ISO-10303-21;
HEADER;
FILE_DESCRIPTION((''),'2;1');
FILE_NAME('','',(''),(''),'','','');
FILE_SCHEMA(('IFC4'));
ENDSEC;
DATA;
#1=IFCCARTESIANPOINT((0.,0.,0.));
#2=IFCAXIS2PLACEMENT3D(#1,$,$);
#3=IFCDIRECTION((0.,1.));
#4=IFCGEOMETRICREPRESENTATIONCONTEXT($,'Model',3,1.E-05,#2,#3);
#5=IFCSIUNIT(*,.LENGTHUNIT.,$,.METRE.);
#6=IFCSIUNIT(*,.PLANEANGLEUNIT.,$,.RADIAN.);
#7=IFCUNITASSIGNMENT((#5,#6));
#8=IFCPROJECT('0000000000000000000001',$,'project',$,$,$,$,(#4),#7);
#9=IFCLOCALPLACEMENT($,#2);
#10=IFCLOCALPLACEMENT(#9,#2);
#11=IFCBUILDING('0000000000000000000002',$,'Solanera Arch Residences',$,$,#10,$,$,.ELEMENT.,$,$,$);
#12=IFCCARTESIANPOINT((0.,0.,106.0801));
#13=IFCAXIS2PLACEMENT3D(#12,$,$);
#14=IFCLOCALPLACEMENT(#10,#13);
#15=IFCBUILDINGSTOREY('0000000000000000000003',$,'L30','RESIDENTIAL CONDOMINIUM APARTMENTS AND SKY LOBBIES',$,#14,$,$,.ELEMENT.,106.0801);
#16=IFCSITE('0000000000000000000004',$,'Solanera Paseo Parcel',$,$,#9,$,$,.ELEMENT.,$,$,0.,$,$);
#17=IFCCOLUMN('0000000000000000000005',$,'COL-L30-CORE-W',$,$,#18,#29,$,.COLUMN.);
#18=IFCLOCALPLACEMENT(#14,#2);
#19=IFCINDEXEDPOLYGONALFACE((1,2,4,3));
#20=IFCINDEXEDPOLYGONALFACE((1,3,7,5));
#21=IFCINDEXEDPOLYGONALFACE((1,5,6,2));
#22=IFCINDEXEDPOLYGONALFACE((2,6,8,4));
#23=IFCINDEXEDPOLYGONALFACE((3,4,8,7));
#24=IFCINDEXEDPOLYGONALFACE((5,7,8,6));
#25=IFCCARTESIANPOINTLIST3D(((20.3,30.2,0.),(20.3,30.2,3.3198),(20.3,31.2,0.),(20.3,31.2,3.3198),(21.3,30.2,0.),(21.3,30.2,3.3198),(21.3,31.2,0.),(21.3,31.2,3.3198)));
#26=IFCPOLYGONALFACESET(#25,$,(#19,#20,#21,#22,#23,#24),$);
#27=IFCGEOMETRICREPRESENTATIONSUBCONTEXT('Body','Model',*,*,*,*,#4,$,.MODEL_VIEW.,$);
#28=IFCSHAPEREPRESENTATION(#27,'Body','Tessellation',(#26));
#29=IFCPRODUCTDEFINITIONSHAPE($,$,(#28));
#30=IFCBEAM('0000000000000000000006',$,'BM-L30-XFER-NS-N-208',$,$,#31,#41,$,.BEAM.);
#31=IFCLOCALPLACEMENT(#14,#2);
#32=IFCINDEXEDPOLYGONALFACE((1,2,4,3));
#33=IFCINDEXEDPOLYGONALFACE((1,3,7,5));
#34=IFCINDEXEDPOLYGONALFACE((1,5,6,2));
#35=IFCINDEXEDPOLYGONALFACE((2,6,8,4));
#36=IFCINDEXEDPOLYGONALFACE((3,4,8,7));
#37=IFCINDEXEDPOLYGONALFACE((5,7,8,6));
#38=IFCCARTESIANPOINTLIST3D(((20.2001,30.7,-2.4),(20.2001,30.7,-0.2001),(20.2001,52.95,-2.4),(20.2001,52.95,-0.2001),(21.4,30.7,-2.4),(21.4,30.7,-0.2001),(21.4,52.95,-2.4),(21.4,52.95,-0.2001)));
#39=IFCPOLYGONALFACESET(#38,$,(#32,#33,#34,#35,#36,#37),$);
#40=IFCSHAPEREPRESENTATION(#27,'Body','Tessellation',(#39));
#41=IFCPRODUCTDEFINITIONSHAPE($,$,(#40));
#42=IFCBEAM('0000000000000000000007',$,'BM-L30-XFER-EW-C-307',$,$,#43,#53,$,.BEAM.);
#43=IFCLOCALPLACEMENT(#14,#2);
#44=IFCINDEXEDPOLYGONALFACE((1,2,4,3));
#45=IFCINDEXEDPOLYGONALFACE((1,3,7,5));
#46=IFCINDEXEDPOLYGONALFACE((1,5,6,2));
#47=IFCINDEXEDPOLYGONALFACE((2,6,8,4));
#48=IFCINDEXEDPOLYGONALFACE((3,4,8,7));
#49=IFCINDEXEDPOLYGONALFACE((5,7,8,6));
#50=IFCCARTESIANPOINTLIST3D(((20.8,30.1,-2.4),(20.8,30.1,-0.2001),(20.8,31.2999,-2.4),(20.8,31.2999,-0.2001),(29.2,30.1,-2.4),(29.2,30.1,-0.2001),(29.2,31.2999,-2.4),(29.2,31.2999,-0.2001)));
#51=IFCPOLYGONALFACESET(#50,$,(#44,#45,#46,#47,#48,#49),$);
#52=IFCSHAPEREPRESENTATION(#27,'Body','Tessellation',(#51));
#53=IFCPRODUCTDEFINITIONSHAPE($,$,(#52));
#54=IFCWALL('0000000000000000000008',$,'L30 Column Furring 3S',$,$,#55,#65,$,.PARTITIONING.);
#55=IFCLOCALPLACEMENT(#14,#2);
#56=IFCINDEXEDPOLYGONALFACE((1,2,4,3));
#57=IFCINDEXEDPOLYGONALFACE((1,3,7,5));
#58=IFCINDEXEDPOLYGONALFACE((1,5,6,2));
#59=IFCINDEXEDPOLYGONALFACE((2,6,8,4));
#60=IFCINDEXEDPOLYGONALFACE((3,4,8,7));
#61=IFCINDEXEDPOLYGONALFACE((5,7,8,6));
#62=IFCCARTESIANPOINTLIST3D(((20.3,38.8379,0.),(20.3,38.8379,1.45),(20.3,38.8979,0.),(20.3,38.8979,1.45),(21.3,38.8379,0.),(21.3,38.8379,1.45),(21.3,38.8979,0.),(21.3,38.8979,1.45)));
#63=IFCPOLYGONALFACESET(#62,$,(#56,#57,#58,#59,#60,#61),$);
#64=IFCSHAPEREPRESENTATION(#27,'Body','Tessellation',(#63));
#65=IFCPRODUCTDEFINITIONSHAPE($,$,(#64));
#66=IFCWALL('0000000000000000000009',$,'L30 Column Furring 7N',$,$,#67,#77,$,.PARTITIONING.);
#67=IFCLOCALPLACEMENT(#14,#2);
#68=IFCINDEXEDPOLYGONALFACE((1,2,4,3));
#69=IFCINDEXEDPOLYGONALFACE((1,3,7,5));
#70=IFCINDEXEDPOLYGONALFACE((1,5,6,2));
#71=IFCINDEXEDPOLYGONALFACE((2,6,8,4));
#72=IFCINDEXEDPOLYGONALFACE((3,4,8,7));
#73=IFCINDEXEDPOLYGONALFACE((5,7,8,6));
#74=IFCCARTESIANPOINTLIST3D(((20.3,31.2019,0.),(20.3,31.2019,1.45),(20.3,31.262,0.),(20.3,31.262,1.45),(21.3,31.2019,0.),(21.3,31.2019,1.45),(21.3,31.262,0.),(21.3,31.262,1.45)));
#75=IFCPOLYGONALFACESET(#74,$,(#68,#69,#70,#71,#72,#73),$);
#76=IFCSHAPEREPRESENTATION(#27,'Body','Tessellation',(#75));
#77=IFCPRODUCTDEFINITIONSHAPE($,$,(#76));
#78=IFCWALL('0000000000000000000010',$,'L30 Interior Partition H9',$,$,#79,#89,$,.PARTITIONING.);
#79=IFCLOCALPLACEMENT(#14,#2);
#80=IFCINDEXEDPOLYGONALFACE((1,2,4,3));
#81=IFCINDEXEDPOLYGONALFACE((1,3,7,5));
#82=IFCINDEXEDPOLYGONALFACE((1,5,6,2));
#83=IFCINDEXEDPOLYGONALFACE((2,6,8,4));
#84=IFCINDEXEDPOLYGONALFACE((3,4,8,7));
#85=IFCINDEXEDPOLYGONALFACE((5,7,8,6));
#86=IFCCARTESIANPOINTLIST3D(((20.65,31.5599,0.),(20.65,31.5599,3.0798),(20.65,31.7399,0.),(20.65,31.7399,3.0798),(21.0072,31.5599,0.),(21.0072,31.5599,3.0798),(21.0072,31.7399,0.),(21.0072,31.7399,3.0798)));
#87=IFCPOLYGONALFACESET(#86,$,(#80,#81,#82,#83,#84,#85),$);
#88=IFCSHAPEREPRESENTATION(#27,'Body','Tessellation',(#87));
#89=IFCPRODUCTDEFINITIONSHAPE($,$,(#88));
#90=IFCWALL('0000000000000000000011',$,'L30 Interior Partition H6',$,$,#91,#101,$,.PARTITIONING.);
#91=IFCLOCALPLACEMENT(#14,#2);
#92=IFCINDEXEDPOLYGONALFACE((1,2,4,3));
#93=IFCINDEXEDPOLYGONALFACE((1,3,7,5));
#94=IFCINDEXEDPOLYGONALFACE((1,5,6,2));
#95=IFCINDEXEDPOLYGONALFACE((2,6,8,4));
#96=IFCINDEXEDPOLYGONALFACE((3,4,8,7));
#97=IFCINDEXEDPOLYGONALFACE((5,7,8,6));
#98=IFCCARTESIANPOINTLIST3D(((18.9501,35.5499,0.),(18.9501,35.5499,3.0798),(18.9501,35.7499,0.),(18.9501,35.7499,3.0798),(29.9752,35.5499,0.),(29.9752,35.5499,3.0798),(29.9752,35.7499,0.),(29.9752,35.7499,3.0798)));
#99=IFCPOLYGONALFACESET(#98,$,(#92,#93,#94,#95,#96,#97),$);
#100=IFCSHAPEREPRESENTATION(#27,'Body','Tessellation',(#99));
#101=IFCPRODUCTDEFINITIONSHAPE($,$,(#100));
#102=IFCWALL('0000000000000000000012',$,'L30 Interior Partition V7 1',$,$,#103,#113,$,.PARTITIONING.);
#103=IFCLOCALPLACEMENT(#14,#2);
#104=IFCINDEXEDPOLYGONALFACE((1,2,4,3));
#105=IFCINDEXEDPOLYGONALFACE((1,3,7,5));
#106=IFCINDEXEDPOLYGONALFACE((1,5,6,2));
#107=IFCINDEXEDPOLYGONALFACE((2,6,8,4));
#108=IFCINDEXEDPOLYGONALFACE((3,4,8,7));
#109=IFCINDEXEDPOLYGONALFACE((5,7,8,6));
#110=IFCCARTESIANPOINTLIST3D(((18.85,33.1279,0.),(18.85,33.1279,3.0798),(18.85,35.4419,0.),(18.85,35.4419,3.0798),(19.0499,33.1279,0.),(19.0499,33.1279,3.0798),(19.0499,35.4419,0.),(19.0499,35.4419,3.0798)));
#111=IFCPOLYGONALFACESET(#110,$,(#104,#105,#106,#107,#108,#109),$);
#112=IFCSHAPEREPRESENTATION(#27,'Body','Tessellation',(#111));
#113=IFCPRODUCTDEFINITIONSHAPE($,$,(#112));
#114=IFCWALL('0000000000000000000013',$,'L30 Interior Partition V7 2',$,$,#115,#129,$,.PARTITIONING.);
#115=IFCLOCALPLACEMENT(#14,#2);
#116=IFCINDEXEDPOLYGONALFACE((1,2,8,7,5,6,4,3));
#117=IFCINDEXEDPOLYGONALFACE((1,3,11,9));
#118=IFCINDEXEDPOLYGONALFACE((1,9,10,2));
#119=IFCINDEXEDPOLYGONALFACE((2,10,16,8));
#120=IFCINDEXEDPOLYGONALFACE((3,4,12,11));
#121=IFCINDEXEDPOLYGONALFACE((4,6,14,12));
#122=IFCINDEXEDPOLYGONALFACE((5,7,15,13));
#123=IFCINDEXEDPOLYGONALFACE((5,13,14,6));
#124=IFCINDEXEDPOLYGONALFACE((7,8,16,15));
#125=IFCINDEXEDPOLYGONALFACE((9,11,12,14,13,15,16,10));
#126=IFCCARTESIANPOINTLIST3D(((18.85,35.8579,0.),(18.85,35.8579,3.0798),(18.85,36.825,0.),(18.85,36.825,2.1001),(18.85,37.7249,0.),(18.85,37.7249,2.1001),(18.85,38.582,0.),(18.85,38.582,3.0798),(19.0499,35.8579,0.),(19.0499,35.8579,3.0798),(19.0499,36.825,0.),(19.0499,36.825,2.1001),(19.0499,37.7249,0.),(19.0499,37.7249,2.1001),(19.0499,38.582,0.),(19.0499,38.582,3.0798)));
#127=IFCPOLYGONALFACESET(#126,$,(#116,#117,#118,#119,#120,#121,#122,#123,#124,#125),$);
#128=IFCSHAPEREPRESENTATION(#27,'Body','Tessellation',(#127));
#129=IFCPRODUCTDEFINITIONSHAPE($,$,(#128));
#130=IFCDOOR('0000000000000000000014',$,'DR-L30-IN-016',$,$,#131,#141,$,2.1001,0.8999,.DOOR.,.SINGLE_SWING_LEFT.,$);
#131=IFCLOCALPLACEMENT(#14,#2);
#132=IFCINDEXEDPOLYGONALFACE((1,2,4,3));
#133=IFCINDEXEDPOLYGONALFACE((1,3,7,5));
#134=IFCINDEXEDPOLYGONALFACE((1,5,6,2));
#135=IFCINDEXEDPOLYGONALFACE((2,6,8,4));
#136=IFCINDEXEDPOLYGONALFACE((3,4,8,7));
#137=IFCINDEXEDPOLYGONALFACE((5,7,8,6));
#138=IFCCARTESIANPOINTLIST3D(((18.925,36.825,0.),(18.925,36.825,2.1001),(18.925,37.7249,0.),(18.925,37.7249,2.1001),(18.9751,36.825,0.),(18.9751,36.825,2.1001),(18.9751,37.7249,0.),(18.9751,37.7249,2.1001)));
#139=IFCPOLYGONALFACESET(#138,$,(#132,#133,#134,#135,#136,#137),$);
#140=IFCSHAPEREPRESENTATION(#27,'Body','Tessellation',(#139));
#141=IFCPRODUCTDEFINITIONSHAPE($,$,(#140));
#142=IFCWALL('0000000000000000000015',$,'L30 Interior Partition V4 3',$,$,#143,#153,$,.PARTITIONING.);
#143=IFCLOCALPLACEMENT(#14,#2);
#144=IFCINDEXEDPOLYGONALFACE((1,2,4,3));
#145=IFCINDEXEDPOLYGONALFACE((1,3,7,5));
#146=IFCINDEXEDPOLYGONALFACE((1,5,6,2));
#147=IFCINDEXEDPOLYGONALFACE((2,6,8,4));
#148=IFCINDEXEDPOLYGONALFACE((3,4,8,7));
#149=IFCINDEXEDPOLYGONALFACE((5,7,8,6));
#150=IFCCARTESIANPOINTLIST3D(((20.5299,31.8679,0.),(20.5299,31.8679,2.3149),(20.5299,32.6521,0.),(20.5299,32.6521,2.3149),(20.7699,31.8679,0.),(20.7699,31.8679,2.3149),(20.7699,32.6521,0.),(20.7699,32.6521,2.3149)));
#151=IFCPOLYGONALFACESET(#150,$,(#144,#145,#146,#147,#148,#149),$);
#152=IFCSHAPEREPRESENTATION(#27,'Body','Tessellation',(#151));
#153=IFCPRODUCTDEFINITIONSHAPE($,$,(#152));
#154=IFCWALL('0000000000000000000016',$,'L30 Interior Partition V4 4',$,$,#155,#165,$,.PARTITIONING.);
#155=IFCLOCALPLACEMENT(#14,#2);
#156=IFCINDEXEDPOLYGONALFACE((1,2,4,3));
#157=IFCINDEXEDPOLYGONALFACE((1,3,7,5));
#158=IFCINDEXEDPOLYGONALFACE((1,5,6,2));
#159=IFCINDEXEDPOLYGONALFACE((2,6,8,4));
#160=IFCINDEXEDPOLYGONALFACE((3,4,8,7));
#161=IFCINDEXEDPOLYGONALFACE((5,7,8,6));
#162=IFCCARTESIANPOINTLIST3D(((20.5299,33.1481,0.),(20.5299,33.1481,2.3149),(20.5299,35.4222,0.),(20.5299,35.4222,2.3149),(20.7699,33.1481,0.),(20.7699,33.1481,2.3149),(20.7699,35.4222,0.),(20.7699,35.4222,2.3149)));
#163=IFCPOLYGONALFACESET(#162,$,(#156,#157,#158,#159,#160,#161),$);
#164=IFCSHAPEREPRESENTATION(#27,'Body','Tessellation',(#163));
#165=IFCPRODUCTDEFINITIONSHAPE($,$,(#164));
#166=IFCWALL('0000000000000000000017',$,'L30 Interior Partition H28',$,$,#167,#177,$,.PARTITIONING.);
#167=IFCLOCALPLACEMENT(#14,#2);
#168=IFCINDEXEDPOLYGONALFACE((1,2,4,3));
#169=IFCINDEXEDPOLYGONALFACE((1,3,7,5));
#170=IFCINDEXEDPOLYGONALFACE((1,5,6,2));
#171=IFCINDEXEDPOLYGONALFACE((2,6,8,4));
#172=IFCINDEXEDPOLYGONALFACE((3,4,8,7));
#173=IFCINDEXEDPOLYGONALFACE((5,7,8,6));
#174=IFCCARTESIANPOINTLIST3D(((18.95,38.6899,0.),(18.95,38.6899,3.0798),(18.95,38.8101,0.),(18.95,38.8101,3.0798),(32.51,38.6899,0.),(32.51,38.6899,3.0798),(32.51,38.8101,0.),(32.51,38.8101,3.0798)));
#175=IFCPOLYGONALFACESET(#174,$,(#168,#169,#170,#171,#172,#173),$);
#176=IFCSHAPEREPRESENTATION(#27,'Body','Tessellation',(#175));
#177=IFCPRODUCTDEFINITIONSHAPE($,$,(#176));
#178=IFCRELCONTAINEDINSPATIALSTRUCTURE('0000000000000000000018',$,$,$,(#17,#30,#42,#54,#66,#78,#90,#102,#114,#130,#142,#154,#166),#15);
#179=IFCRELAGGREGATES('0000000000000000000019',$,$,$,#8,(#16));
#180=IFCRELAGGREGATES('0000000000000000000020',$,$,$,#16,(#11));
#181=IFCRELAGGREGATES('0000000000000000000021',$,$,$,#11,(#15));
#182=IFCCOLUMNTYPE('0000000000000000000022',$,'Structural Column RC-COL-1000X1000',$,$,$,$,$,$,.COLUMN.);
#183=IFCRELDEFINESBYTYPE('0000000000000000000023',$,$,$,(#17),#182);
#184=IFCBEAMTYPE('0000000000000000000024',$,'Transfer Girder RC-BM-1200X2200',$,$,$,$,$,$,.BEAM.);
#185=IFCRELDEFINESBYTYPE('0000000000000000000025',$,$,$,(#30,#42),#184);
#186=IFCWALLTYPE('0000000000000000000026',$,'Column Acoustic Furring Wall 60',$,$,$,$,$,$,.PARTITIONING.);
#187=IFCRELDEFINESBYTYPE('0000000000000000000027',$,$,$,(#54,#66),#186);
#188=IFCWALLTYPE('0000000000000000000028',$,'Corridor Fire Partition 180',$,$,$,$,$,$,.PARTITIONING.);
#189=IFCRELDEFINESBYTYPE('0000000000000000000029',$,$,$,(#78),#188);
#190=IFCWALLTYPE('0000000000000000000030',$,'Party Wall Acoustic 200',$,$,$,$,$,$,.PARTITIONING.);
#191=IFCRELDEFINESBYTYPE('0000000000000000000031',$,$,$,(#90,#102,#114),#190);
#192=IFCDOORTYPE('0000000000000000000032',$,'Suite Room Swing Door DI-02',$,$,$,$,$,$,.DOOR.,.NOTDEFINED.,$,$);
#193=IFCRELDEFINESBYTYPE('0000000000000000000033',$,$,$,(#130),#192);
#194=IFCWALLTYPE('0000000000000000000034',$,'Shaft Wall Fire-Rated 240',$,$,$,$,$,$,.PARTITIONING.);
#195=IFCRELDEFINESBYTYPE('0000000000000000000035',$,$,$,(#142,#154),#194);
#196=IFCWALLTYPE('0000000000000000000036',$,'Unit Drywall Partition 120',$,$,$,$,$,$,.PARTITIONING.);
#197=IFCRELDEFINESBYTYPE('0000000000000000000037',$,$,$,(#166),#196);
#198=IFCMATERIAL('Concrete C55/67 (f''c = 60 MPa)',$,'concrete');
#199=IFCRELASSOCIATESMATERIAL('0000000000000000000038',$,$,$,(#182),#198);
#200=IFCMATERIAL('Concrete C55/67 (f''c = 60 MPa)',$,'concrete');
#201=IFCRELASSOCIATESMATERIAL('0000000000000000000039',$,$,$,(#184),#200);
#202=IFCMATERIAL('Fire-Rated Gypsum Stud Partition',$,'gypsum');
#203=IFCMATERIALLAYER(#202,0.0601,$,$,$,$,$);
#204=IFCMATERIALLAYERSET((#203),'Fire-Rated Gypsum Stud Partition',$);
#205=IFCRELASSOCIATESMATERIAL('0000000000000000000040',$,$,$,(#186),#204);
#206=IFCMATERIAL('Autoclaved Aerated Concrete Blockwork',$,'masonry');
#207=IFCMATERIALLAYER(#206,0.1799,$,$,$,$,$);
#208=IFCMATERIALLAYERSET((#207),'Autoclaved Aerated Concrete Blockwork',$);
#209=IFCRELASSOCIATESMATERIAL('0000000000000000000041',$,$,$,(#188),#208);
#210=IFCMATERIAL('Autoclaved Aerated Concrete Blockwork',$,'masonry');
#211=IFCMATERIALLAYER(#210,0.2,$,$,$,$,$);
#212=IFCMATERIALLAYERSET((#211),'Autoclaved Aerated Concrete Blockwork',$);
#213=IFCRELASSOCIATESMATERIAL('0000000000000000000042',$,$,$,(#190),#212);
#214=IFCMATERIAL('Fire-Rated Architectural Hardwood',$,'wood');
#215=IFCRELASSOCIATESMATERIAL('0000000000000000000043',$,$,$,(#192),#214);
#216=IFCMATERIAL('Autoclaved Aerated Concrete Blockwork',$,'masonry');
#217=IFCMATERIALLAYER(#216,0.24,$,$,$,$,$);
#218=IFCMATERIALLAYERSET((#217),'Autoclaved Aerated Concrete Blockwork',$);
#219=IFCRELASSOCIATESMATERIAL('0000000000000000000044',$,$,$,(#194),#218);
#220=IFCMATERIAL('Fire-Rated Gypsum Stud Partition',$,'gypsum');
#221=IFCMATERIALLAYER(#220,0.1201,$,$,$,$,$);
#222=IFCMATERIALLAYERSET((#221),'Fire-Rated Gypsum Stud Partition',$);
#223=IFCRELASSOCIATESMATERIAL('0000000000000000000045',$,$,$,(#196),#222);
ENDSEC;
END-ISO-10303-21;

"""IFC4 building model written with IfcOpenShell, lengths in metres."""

from ifc_helpers import new_model, si_unit, direction, frame, frame_2d, origin, origin_2d, place, context, subcontext, project, spatial, rectangle, extrude, material, layer, layer_set, material_profile, profile_set, type_object, element, fill, save


model = new_model("IFC4")

# Units and contexts
model_context = context("Model", 3, precision=1e-05, world=origin(), true_north=direction((0.0, 1.0)))
body_context = subcontext(model_context, "Body", "Model", "MODEL_VIEW")
ifc_project = project(units=[si_unit("LENGTHUNIT", "METRE"), si_unit("PLANEANGLEUNIT", "RADIAN")], contexts=[model_context])

# Site, building, storey
site_placement = place(None, origin())
site = spatial("IfcSite", under=ifc_project, at=site_placement, Name="Solanera Paseo Parcel", CompositionType="ELEMENT", RefElevation=0.0)
building_placement = place(site_placement, origin())
building = spatial("IfcBuilding", under=site, at=building_placement, Name="Solanera Arch Residences", CompositionType="ELEMENT")
storey_placement = place(building_placement, frame((0.0, 0.0, 106.0801)))
storey = spatial("IfcBuildingStorey", under=building, at=storey_placement, Name="L30", Description="RESIDENTIAL CONDOMINIUM APARTMENTS AND SKY LOBBIES", CompositionType="ELEMENT", Elevation=106.0801)

# Column
ifc_material_1 = material(Name="Concrete C55/67 (f'c = 60 MPa)", Category="concrete")
ifc_material_profile_1 = material_profile(ifc_material_1, rectangle(XDim=1.0, YDim=1.0, at=origin_2d()))
ifc_profile_set_1 = profile_set([ifc_material_profile_1], Name="Concrete C55/67 (f'c = 60 MPa)")
column_type = type_object("IfcColumnType", Name="Structural Column RC-COL-1000X1000", PredefinedType="COLUMN", material=ifc_profile_set_1)
column_placement = place(storey_placement, frame((20.8, 30.7, 0.0), z_axis=(0.0, 0.0, 1.0), x_axis=(1.0, 0.0, 0.0)))
element("IfcColumn", 1, at=column_placement, inside=storey, type_object=column_type, Name="COL-L30-CORE-W", PredefinedType="COLUMN", context=body_context, shape_type="SweptSolid", body=[
    extrude(rectangle(XDim=1.0, YDim=1.0, at=origin_2d()), origin(), (0.0, 0.0, 1.0), 3.3198),
])

# Beams
ifc_material_2 = material(Name="Concrete C55/67 (f'c = 60 MPa)", Category="concrete")
ifc_material_profile_2 = material_profile(ifc_material_2, rectangle(XDim=1.2, YDim=2.2, at=origin_2d()))
ifc_profile_set_2 = profile_set([ifc_material_profile_2], Name="Concrete C55/67 (f'c = 60 MPa)")
beam_type = type_object("IfcBeamType", Name="Transfer Girder RC-BM-1200X2200", PredefinedType="BEAM", material=ifc_profile_set_2)
beam_1_placement = place(storey_placement, frame((20.8, 30.7, -1.3), z_axis=(0.0, 1.0, 0.0), x_axis=(-1.0, 0.0, 0.0)))
element("IfcBeam", 2, at=beam_1_placement, inside=storey, type_object=beam_type, Name="BM-L30-XFER-NS-N-208", PredefinedType="BEAM", context=body_context, shape_type="SweptSolid", body=[
    extrude(rectangle(XDim=1.2, YDim=2.2, at=origin_2d()), origin(), (0.0, 0.0, 1.0), 22.25),
])
beam_2_placement = place(storey_placement, frame((20.8, 30.7, -1.3), z_axis=(1.0, 0.0, 0.0), x_axis=(0.0, 1.0, 0.0)))
element("IfcBeam", 3, at=beam_2_placement, inside=storey, type_object=beam_type, Name="BM-L30-XFER-EW-C-307", PredefinedType="BEAM", context=body_context, shape_type="SweptSolid", body=[
    extrude(rectangle(XDim=1.2, YDim=2.2, at=origin_2d()), origin(), (0.0, 0.0, 1.0), 8.3999),
])

# Walls
ifc_material_3 = material(Name="Fire-Rated Gypsum Stud Partition", Category="gypsum")
ifc_layer_1 = layer(ifc_material_3, 0.0601)
ifc_layer_set_1 = layer_set([ifc_layer_1], Name="Fire-Rated Gypsum Stud Partition")
wall_type_1 = type_object("IfcWallType", Name="Column Acoustic Furring Wall 60", PredefinedType="PARTITIONING", material=ifc_layer_set_1)
for number, where, z_axis, x_axis, name in (
    (4, (20.3, 38.8679, 0.0), (0.0, 0.0, 1.0), (1.0, 0.0, 0.0), "L30 Column Furring 3S"),
    (5, (20.3, 31.2319, 0.0), (0.0, 0.0, 1.0), (1.0, 0.0, 0.0), "L30 Column Furring 7N"),
):
    element("IfcWall", number, at=place(storey_placement, frame(where, z_axis=z_axis, x_axis=x_axis)), inside=storey, type_object=wall_type_1, Name=name, PredefinedType="PARTITIONING", context=body_context, shape_type="SweptSolid", body=[
        extrude(rectangle(XDim=1.0, YDim=0.0601, at=frame_2d((0.5, 0.0))), origin(), (0.0, 0.0, 1.0), 1.45),
    ])

# Walls
ifc_material_4 = material(Name="Autoclaved Aerated Concrete Blockwork", Category="masonry")
ifc_layer_2 = layer(ifc_material_4, 0.1799)
ifc_layer_set_2 = layer_set([ifc_layer_2], Name="Autoclaved Aerated Concrete Blockwork")
wall_type_2 = type_object("IfcWallType", Name="Corridor Fire Partition 180", PredefinedType="PARTITIONING", material=ifc_layer_set_2)
wall_1_placement = place(storey_placement, frame((20.6499, 31.6499, 0.0), z_axis=(0.0, 0.0, 1.0), x_axis=(1.0, 0.0, 0.0)))
element("IfcWall", 6, at=wall_1_placement, inside=storey, type_object=wall_type_2, Name="L30 Interior Partition H9", PredefinedType="PARTITIONING", context=body_context, shape_type="SweptSolid", body=[
    extrude(rectangle(XDim=0.3572, YDim=0.1799, at=frame_2d((0.1787, 0.0))), origin(), (0.0, 0.0, 1.0), 3.0798),
])
ifc_material_5 = material(Name="Autoclaved Aerated Concrete Blockwork", Category="masonry")
ifc_layer_3 = layer(ifc_material_5, 0.2)
ifc_layer_set_3 = layer_set([ifc_layer_3], Name="Autoclaved Aerated Concrete Blockwork")
wall_type_3 = type_object("IfcWallType", Name="Party Wall Acoustic 200", PredefinedType="PARTITIONING", material=ifc_layer_set_3)
wall_2_placement = place(storey_placement, frame((18.95, 35.6499, 0.0), z_axis=(0.0, 0.0, 1.0), x_axis=(1.0, 0.0, 0.0)))
element("IfcWall", 7, at=wall_2_placement, inside=storey, type_object=wall_type_3, Name="L30 Interior Partition H6", PredefinedType="PARTITIONING", context=body_context, shape_type="SweptSolid", body=[
    extrude(rectangle(XDim=11.0251, YDim=0.2, at=frame_2d((5.5127, 0.0))), origin(), (0.0, 0.0, 1.0), 3.0798),
])
wall_3_placement = place(storey_placement, frame((18.95, 33.1279, 0.0), z_axis=(0.0, 0.0, 1.0), x_axis=(0.0, 1.0, 0.0)))
element("IfcWall", 8, at=wall_3_placement, inside=storey, type_object=wall_type_3, Name="L30 Interior Partition V7 1", PredefinedType="PARTITIONING", context=body_context, shape_type="SweptSolid", body=[
    extrude(rectangle(XDim=2.314, YDim=0.2, at=frame_2d((1.157, 0.0))), origin(), (0.0, 0.0, 1.0), 3.0798),
])

# Wall, opening, door
wall_4_placement = place(storey_placement, frame((18.95, 35.8579, 0.0), z_axis=(0.0, 0.0, 1.0), x_axis=(0.0, 1.0, 0.0)))
wall_4 = element("IfcWall", 9, at=wall_4_placement, inside=storey, type_object=wall_type_3, Name="L30 Interior Partition V7 2", PredefinedType="PARTITIONING", context=body_context, shape_type="SweptSolid", body=[
    extrude(rectangle(XDim=2.7241, YDim=0.2, at=frame_2d((1.3621, 0.0))), origin(), (0.0, 0.0, 1.0), 3.0798),
])
opening_1_placement = place(wall_4_placement, frame((0.967, 0.0, 0.0)))
opening_1 = element("IfcOpeningElement", 10, at=opening_1_placement, cuts=wall_4, PredefinedType="OPENING", context=body_context, shape_type="SweptSolid", body=[
    extrude(rectangle(XDim=0.8999, YDim=2.1001, at=frame_2d((0.45, 1.05))), frame((0.0, 0.1101, 0.0), z_axis=(0.0, -1.0, 0.0), x_axis=(1.0, 0.0, 0.0)), (0.0, 0.0, 1.0), 0.22),
])
ifc_material_6 = material(Name="Fire-Rated Architectural Hardwood", Category="wood")
door_type_1 = type_object("IfcDoorType", Name="Suite Room Swing Door DI-02", OperationType="NOTDEFINED", PredefinedType="DOOR", material=ifc_material_6)
door_1_placement = place(opening_1_placement, origin())
door_1 = element("IfcDoor", 11, at=door_1_placement, inside=storey, type_object=door_type_1, Name="DR-L30-IN-016", OperationType="SINGLE_SWING_LEFT", OverallHeight=2.1001, OverallWidth=0.8999, PredefinedType="DOOR", context=body_context, shape_type="SweptSolid", body=[
    extrude(rectangle(XDim=0.8999, YDim=2.1001, at=frame_2d((0.45, 1.05))), frame((0.0, 0.0249, 0.0), z_axis=(0.0, -1.0, 0.0), x_axis=(1.0, 0.0, 0.0)), (0.0, 0.0, 1.0), 0.05),
])
fill(opening_1, door_1)

# Shared definitions
ifc_material_7 = material(Name="Autoclaved Aerated Concrete Blockwork", Category="masonry")
ifc_layer_4 = layer(ifc_material_7, 0.24)
ifc_layer_set_4 = layer_set([ifc_layer_4], Name="Autoclaved Aerated Concrete Blockwork")
wall_type_4 = type_object("IfcWallType", Name="Shaft Wall Fire-Rated 240", PredefinedType="PARTITIONING", material=ifc_layer_set_4)

# Walls
wall_5_placement = place(storey_placement, frame((20.6499, 31.8679, 0.0), z_axis=(0.0, 0.0, 1.0), x_axis=(0.0, 1.0, 0.0)))
element("IfcWall", 12, at=wall_5_placement, inside=storey, type_object=wall_type_4, Name="L30 Interior Partition V4 3", PredefinedType="PARTITIONING", context=body_context, shape_type="SweptSolid", body=[
    extrude(rectangle(XDim=0.7842, YDim=0.24, at=frame_2d((0.3921, 0.0))), origin(), (0.0, 0.0, 1.0), 2.3149),
])
wall_6_placement = place(storey_placement, frame((20.6499, 33.1479, 0.0), z_axis=(0.0, 0.0, 1.0), x_axis=(0.0, 1.0, 0.0)))
element("IfcWall", 13, at=wall_6_placement, inside=storey, type_object=wall_type_4, Name="L30 Interior Partition V4 4", PredefinedType="PARTITIONING", context=body_context, shape_type="SweptSolid", body=[
    extrude(rectangle(XDim=2.2742, YDim=0.24, at=frame_2d((1.1372, 0.0))), origin(), (0.0, 0.0, 1.0), 2.3149),
])
ifc_material_8 = material(Name="Fire-Rated Gypsum Stud Partition", Category="gypsum")
ifc_layer_5 = layer(ifc_material_8, 0.1201)
ifc_layer_set_5 = layer_set([ifc_layer_5], Name="Fire-Rated Gypsum Stud Partition")
wall_type_5 = type_object("IfcWallType", Name="Unit Drywall Partition 120", PredefinedType="PARTITIONING", material=ifc_layer_set_5)
wall_7_placement = place(storey_placement, frame((18.95, 38.75, 0.0), z_axis=(0.0, 0.0, 1.0), x_axis=(1.0, 0.0, 0.0)))
element("IfcWall", 14, at=wall_7_placement, inside=storey, type_object=wall_type_5, Name="L30 Interior Partition H28", PredefinedType="PARTITIONING", context=body_context, shape_type="SweptSolid", body=[
    extrude(rectangle(XDim=13.5601, YDim=0.1201, at=frame_2d((6.78, 0.0))), origin(), (0.0, 0.0, 1.0), 3.0798),
])

save(model, "model.ifc")
